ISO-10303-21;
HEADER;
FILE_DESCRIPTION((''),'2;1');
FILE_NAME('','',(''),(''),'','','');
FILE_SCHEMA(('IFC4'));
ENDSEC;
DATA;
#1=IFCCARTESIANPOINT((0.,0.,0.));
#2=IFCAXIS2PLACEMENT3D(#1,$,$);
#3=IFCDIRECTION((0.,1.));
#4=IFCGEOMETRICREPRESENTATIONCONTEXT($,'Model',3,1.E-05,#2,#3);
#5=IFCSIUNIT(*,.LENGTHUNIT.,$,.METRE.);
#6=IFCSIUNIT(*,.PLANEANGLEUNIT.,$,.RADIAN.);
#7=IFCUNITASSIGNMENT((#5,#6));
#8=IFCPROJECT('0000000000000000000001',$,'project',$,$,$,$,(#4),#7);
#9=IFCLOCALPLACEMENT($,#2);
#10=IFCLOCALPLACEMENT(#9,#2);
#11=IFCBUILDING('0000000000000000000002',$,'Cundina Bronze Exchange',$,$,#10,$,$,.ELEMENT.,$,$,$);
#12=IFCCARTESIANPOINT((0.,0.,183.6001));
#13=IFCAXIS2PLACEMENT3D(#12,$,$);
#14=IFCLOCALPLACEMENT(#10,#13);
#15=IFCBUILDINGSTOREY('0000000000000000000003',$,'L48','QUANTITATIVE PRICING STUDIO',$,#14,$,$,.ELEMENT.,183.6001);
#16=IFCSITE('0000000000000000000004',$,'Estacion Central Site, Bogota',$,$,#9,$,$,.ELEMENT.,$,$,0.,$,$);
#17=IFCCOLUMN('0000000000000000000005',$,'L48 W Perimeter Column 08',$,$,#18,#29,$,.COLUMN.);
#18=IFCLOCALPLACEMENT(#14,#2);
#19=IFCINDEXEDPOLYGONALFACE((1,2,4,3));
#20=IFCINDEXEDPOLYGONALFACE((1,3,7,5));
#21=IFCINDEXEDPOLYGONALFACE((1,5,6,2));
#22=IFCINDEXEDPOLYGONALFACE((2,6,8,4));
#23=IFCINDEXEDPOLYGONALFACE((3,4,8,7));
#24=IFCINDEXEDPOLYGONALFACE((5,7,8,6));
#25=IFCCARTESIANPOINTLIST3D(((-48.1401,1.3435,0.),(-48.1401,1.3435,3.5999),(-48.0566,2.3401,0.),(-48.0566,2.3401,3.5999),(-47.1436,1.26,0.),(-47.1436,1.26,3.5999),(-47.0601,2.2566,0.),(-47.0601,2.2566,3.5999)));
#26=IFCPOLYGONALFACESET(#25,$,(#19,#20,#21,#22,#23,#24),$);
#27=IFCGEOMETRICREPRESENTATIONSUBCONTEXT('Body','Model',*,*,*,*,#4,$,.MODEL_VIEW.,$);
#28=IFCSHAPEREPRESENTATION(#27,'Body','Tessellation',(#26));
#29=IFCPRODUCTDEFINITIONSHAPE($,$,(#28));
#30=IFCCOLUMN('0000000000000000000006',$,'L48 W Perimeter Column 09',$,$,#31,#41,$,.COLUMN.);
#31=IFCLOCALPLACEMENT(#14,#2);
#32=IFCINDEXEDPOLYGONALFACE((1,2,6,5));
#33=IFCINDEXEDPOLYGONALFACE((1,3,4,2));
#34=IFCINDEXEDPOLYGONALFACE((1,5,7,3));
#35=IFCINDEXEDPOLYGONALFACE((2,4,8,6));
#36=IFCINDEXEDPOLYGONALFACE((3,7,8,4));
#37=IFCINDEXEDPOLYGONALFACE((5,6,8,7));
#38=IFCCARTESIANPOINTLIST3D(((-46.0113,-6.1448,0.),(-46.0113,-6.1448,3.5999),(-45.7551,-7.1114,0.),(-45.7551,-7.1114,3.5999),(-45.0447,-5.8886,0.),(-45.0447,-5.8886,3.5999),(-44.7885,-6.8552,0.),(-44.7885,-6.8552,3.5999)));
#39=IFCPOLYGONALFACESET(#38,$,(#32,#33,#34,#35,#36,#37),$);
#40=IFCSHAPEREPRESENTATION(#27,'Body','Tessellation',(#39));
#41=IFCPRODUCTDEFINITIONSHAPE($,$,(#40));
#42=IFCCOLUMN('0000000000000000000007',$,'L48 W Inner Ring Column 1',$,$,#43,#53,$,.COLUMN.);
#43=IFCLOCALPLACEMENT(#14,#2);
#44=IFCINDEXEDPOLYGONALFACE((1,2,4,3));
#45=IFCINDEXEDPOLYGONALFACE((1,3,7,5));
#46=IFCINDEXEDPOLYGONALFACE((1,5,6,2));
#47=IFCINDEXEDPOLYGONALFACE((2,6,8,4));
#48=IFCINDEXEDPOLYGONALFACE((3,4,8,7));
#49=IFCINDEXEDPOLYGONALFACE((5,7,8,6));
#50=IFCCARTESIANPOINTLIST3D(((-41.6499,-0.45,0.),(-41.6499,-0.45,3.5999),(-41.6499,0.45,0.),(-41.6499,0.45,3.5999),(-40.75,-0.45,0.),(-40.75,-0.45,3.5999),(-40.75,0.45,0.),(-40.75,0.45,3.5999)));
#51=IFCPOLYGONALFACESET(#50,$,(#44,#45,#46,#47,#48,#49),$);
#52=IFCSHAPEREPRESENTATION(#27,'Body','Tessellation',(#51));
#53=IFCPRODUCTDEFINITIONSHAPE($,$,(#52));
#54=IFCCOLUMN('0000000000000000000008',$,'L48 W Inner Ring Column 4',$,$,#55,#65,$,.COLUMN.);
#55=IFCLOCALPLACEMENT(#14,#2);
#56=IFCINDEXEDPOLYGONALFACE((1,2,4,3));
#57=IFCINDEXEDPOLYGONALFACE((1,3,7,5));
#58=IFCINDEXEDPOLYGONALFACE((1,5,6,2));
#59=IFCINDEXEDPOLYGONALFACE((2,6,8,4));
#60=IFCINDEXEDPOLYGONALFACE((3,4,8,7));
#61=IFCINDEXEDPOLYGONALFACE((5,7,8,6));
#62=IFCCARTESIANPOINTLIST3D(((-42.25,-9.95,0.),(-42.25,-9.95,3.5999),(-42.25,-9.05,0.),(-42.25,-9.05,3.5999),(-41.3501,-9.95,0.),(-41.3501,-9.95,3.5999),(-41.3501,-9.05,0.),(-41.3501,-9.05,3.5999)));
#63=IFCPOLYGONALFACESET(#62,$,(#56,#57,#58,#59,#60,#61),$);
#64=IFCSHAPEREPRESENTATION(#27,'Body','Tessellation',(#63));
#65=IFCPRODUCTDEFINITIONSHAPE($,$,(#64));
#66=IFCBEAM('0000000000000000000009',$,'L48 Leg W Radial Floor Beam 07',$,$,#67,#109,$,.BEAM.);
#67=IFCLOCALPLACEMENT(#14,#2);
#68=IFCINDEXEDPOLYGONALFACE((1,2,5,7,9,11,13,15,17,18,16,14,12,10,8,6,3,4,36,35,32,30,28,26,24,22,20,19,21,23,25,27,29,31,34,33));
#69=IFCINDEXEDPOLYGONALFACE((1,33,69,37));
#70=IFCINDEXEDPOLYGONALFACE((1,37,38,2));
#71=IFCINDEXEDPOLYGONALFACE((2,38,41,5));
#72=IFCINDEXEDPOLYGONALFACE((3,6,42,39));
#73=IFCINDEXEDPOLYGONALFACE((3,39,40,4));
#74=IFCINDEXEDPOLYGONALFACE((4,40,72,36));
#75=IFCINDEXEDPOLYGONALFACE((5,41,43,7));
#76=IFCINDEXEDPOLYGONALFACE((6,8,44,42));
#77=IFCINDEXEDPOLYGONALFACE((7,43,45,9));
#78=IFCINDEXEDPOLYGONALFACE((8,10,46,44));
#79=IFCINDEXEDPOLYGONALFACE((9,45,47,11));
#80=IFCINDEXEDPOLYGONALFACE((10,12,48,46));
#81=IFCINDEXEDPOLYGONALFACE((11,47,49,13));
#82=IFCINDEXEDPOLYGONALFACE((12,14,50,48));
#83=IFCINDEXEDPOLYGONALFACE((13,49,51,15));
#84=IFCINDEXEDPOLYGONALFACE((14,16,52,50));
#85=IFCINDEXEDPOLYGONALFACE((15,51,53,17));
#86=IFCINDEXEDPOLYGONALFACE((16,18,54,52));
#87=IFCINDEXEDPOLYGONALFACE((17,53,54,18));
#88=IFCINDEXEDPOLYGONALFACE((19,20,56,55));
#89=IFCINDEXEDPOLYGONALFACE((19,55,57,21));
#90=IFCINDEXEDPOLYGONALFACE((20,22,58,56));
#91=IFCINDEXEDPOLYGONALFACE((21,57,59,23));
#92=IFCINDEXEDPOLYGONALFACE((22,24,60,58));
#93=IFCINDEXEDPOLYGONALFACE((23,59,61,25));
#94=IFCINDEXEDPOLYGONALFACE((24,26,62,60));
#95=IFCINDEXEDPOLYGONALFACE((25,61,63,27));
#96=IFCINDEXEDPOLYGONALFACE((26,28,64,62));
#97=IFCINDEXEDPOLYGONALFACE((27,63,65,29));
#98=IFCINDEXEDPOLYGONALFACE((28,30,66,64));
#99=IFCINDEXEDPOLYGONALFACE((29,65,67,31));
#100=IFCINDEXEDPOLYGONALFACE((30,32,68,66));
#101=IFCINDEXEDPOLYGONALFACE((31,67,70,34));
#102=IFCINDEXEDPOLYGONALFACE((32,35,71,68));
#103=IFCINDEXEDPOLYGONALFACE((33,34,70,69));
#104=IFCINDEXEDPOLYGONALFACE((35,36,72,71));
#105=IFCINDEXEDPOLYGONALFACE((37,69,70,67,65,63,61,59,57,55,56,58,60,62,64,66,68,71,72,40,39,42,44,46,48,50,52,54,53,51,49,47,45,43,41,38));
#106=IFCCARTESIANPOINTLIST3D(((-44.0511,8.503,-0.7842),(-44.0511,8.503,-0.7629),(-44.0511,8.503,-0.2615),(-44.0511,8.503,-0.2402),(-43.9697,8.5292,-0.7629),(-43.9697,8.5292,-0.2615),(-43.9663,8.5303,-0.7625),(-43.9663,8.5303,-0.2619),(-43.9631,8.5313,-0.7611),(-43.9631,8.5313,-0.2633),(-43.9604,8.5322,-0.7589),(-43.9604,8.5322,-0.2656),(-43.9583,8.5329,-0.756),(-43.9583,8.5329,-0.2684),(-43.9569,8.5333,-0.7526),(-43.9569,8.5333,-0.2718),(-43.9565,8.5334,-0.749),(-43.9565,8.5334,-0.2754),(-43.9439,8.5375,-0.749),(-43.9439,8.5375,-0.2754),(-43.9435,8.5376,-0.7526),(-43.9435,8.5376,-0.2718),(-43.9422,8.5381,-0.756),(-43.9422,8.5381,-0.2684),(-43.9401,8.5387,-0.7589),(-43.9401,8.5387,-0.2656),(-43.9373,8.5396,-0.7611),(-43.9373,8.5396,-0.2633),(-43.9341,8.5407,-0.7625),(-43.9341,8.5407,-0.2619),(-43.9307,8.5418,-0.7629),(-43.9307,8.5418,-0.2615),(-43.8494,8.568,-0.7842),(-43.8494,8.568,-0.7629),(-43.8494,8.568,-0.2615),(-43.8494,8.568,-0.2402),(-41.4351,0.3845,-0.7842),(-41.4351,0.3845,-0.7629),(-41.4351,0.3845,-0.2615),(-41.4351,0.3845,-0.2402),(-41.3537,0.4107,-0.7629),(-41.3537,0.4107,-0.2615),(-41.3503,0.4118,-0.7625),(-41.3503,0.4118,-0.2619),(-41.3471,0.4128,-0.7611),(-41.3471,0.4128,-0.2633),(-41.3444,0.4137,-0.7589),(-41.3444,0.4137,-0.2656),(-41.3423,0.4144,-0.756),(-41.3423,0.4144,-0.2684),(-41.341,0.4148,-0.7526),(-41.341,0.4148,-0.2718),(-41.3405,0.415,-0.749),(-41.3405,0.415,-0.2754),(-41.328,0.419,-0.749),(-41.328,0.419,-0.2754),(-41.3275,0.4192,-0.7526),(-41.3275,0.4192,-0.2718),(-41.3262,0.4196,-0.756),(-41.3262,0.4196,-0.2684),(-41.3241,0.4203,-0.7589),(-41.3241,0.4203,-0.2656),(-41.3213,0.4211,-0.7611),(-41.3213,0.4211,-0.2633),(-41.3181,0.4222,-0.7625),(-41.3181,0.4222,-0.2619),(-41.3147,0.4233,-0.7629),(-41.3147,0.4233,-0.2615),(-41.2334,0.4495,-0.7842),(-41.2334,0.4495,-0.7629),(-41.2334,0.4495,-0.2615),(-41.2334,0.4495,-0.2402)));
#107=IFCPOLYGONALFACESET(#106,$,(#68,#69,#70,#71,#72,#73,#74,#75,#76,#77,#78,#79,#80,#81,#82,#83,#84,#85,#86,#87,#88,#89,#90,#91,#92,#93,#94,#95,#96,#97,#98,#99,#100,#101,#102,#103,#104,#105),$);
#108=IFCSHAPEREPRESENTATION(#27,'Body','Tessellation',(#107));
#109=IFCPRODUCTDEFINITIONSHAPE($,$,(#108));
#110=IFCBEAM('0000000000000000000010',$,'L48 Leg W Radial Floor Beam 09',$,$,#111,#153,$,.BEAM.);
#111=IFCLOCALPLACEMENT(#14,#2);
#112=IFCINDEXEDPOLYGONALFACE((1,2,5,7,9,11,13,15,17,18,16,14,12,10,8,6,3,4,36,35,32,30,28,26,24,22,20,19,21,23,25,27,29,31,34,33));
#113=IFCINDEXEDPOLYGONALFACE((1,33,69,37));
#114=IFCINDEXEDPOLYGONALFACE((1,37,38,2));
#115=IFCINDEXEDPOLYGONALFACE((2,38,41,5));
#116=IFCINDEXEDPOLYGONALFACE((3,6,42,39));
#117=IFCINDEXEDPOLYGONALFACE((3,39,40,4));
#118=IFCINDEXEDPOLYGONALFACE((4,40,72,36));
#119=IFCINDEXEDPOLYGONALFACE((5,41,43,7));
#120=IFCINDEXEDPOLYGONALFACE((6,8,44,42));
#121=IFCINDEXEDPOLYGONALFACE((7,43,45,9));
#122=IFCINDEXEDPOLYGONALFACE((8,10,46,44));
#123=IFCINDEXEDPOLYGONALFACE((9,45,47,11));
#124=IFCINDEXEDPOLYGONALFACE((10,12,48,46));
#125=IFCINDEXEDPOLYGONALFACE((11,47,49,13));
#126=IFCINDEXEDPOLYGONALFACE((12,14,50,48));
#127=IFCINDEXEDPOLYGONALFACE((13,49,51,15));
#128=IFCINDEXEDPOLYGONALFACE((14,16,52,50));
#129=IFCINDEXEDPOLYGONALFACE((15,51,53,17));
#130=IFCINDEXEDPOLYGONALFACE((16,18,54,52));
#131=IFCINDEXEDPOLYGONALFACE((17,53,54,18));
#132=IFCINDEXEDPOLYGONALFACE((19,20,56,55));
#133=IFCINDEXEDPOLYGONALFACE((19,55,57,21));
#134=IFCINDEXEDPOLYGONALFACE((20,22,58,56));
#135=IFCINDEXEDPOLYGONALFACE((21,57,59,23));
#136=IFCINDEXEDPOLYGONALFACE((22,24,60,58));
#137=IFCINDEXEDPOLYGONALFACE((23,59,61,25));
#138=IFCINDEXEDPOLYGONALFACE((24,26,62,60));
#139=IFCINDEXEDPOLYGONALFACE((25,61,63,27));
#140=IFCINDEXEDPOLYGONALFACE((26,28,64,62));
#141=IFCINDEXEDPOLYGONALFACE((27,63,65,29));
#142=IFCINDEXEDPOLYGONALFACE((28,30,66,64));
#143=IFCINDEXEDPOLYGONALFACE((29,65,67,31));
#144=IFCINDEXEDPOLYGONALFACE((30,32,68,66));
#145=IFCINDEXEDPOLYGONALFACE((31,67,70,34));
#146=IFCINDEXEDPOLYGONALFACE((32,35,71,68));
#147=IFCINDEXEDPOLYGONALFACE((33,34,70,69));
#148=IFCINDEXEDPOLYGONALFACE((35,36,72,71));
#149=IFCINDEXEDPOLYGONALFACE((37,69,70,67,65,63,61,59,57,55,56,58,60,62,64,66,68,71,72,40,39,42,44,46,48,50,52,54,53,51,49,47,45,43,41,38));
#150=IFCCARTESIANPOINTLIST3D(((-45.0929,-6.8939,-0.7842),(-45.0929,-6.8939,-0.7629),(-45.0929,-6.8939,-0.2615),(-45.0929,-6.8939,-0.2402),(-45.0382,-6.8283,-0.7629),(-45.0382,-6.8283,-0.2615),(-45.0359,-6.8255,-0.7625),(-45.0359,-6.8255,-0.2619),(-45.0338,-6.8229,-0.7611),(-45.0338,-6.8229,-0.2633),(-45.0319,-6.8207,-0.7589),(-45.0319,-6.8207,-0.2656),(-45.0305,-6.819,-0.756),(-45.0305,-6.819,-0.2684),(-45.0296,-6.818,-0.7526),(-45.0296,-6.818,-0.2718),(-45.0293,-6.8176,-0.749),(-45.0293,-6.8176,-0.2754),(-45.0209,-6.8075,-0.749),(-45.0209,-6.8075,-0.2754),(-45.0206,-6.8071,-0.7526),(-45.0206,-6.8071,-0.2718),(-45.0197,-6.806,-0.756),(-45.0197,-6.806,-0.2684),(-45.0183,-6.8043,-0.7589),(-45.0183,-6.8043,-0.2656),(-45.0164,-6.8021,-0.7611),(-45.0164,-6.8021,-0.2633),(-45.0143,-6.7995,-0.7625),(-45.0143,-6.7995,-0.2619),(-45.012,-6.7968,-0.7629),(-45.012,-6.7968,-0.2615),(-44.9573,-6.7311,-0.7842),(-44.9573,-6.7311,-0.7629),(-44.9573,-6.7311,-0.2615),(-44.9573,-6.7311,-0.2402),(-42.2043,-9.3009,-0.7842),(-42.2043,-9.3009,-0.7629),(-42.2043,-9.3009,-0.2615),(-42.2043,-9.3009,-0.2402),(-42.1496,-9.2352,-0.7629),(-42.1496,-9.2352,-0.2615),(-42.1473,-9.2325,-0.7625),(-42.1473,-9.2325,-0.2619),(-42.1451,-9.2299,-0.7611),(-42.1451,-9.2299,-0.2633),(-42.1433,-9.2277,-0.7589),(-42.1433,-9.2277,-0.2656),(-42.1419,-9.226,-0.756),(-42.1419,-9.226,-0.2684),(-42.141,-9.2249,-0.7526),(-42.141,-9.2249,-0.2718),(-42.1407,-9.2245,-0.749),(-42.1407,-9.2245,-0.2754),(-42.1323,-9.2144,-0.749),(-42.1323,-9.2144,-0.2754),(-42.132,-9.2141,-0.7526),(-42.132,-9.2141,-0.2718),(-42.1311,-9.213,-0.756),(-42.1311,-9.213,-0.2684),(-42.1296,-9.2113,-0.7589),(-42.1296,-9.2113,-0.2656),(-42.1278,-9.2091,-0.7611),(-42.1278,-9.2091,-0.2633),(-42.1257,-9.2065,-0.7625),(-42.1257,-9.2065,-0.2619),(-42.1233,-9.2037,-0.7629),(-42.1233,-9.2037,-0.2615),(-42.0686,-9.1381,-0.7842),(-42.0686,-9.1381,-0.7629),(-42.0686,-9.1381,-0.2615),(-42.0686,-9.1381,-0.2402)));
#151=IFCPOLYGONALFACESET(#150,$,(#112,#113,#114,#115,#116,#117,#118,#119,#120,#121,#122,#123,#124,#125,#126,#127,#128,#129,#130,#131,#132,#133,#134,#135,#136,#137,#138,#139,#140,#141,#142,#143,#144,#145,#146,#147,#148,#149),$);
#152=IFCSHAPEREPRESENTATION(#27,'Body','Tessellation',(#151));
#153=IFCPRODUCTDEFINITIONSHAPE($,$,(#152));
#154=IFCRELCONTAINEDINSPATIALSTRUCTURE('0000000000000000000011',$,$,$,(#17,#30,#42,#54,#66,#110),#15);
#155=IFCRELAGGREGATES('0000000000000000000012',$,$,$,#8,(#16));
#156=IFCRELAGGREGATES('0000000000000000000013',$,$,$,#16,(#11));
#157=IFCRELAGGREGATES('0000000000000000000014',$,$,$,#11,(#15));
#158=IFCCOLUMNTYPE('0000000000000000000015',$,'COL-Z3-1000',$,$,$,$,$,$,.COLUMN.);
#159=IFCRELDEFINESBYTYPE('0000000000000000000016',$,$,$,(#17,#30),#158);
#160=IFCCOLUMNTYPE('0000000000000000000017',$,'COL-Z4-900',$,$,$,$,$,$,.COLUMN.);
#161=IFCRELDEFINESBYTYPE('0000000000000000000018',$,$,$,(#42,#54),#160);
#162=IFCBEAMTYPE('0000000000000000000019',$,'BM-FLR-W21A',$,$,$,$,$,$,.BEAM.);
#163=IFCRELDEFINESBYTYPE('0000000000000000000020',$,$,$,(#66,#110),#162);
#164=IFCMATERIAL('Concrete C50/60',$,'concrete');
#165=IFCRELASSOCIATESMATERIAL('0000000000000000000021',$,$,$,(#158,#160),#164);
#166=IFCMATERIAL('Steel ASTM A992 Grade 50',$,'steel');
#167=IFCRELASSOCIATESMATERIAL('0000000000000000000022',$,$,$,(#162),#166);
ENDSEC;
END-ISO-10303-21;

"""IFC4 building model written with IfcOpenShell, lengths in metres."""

from ifc_helpers import new_model, si_unit, direction, frame, origin, origin_2d, place, context, subcontext, project, spatial, rectangle, i_section, extrude, material, material_profile, profile_set, type_object, element, save


model = new_model("IFC4")

# Units and contexts
model_context = context("Model", 3, precision=1e-05, world=origin(), true_north=direction((0.0, 1.0)))
body_context = subcontext(model_context, "Body", "Model", "MODEL_VIEW")
ifc_project = project(units=[si_unit("LENGTHUNIT", "METRE"), si_unit("PLANEANGLEUNIT", "RADIAN")], contexts=[model_context])

# Site, building, storey
site_placement = place(None, origin())
site = spatial("IfcSite", under=ifc_project, at=site_placement, Name="Estacion Central Site, Bogota", CompositionType="ELEMENT", RefElevation=0.0)
building_placement = place(site_placement, origin())
building = spatial("IfcBuilding", under=site, at=building_placement, Name="Cundina Bronze Exchange", CompositionType="ELEMENT")
storey_placement = place(building_placement, frame((0.0, 0.0, 183.6001)))
storey = spatial("IfcBuildingStorey", under=building, at=storey_placement, Name="L48", Description="QUANTITATIVE PRICING STUDIO", CompositionType="ELEMENT", Elevation=183.6001)

# Columns
ifc_material_1 = material(Name="Concrete C50/60", Category="concrete")
ifc_material_profile_1 = material_profile(ifc_material_1, rectangle(XDim=1.0, YDim=1.0, at=origin_2d()), Name="RC1000X1000", Category="concrete")
ifc_profile_set_1 = profile_set([ifc_material_profile_1], Name="Concrete C50/60")
column_type_1 = type_object("IfcColumnType", Name="COL-Z3-1000", PredefinedType="COLUMN", material=ifc_profile_set_1)
for number, where, z_axis, x_axis, name in (
    (1, (-47.6001, 1.8, 0.0), (0.0, 0.0, 1.0), (-0.083504, -0.996507, 0.0), "L48 W Perimeter Column 08"),
    (2, (-45.3999, -6.5, 0.0), (0.0, 0.0, 1.0), (0.256289, -0.9666, 0.0), "L48 W Perimeter Column 09"),
):
    element("IfcColumn", number, at=place(storey_placement, frame(where, z_axis=z_axis, x_axis=x_axis)), inside=storey, type_object=column_type_1, Name=name, PredefinedType="COLUMN", context=body_context, shape_type="SweptSolid", body=[
        extrude(rectangle(XDim=1.0, YDim=1.0, at=origin_2d()), origin(), (0.0, 0.0, 1.0), 3.5999),
    ])
ifc_material_profile_2 = material_profile(ifc_material_1, rectangle(XDim=0.8999, YDim=0.8999, at=origin_2d()), Name="RC900X900", Category="concrete")
ifc_profile_set_2 = profile_set([ifc_material_profile_2], Name="Concrete C50/60")
column_type_2 = type_object("IfcColumnType", Name="COL-Z4-900", PredefinedType="COLUMN", material=ifc_profile_set_2)
for number, where, z_axis, x_axis, name in (
    (3, (-41.2, 0.0, 0.0), (0.0, 0.0, 1.0), (1.0, 0.0, 0.0), "L48 W Inner Ring Column 1"),
    (4, (-41.8, -9.5, 0.0), (0.0, 0.0, 1.0), (1.0, 0.0, 0.0), "L48 W Inner Ring Column 4"),
):
    element("IfcColumn", number, at=place(storey_placement, frame(where, z_axis=z_axis, x_axis=x_axis)), inside=storey, type_object=column_type_2, Name=name, PredefinedType="COLUMN", context=body_context, shape_type="SweptSolid", body=[
        extrude(rectangle(XDim=0.8999, YDim=0.8999, at=origin_2d()), origin(), (0.0, 0.0, 1.0), 3.5999),
    ])

# Beams
ifc_material_2 = material(Name="Steel ASTM A992 Grade 50", Category="steel")
ifc_material_profile_3 = material_profile(ifc_material_2, i_section(OverallWidth=0.2119, OverallDepth=0.5439, WebThickness=0.0132, FlangeThickness=0.0212, FilletRadius=0.0139, at=origin_2d()), Name="W21X83", Category="steel")
ifc_profile_set_3 = profile_set([ifc_material_profile_3], Name="Steel ASTM A992 Grade 50")
beam_type_1 = type_object("IfcBeamType", Name="BM-FLR-W21A", PredefinedType="BEAM", material=ifc_profile_set_3)
beam_1_placement = place(storey_placement, frame((-41.3342, 0.417, -0.5122), z_axis=(-0.306698, 0.951807, 0.0), x_axis=(-0.951807, -0.306698, 0.0)))
element("IfcBeam", 5, at=beam_1_placement, inside=storey, type_object=beam_type_1, Name="L48 Leg W Radial Floor Beam 07", PredefinedType="BEAM", context=body_context, shape_type="SweptSolid", body=[
    extrude(i_section(OverallWidth=0.2119, OverallDepth=0.5439, WebThickness=0.0132, FlangeThickness=0.0212, FilletRadius=0.0139, at=origin_2d()), origin(), (0.0, 0.0, 1.0), 8.5295),
])
beam_2_placement = place(storey_placement, frame((-42.1365, -9.2195, -0.5122), z_axis=(-0.768253, 0.640146, 0.0), x_axis=(-0.640146, -0.768253, 0.0)))
element("IfcBeam", 6, at=beam_2_placement, inside=storey, type_object=beam_type_1, Name="L48 Leg W Radial Floor Beam 09", PredefinedType="BEAM", context=body_context, shape_type="SweptSolid", body=[
    extrude(i_section(OverallWidth=0.2119, OverallDepth=0.5439, WebThickness=0.0132, FlangeThickness=0.0212, FilletRadius=0.0139, at=origin_2d()), origin(), (0.0, 0.0, 1.0), 3.76),
])

save(model, "model.ifc")
